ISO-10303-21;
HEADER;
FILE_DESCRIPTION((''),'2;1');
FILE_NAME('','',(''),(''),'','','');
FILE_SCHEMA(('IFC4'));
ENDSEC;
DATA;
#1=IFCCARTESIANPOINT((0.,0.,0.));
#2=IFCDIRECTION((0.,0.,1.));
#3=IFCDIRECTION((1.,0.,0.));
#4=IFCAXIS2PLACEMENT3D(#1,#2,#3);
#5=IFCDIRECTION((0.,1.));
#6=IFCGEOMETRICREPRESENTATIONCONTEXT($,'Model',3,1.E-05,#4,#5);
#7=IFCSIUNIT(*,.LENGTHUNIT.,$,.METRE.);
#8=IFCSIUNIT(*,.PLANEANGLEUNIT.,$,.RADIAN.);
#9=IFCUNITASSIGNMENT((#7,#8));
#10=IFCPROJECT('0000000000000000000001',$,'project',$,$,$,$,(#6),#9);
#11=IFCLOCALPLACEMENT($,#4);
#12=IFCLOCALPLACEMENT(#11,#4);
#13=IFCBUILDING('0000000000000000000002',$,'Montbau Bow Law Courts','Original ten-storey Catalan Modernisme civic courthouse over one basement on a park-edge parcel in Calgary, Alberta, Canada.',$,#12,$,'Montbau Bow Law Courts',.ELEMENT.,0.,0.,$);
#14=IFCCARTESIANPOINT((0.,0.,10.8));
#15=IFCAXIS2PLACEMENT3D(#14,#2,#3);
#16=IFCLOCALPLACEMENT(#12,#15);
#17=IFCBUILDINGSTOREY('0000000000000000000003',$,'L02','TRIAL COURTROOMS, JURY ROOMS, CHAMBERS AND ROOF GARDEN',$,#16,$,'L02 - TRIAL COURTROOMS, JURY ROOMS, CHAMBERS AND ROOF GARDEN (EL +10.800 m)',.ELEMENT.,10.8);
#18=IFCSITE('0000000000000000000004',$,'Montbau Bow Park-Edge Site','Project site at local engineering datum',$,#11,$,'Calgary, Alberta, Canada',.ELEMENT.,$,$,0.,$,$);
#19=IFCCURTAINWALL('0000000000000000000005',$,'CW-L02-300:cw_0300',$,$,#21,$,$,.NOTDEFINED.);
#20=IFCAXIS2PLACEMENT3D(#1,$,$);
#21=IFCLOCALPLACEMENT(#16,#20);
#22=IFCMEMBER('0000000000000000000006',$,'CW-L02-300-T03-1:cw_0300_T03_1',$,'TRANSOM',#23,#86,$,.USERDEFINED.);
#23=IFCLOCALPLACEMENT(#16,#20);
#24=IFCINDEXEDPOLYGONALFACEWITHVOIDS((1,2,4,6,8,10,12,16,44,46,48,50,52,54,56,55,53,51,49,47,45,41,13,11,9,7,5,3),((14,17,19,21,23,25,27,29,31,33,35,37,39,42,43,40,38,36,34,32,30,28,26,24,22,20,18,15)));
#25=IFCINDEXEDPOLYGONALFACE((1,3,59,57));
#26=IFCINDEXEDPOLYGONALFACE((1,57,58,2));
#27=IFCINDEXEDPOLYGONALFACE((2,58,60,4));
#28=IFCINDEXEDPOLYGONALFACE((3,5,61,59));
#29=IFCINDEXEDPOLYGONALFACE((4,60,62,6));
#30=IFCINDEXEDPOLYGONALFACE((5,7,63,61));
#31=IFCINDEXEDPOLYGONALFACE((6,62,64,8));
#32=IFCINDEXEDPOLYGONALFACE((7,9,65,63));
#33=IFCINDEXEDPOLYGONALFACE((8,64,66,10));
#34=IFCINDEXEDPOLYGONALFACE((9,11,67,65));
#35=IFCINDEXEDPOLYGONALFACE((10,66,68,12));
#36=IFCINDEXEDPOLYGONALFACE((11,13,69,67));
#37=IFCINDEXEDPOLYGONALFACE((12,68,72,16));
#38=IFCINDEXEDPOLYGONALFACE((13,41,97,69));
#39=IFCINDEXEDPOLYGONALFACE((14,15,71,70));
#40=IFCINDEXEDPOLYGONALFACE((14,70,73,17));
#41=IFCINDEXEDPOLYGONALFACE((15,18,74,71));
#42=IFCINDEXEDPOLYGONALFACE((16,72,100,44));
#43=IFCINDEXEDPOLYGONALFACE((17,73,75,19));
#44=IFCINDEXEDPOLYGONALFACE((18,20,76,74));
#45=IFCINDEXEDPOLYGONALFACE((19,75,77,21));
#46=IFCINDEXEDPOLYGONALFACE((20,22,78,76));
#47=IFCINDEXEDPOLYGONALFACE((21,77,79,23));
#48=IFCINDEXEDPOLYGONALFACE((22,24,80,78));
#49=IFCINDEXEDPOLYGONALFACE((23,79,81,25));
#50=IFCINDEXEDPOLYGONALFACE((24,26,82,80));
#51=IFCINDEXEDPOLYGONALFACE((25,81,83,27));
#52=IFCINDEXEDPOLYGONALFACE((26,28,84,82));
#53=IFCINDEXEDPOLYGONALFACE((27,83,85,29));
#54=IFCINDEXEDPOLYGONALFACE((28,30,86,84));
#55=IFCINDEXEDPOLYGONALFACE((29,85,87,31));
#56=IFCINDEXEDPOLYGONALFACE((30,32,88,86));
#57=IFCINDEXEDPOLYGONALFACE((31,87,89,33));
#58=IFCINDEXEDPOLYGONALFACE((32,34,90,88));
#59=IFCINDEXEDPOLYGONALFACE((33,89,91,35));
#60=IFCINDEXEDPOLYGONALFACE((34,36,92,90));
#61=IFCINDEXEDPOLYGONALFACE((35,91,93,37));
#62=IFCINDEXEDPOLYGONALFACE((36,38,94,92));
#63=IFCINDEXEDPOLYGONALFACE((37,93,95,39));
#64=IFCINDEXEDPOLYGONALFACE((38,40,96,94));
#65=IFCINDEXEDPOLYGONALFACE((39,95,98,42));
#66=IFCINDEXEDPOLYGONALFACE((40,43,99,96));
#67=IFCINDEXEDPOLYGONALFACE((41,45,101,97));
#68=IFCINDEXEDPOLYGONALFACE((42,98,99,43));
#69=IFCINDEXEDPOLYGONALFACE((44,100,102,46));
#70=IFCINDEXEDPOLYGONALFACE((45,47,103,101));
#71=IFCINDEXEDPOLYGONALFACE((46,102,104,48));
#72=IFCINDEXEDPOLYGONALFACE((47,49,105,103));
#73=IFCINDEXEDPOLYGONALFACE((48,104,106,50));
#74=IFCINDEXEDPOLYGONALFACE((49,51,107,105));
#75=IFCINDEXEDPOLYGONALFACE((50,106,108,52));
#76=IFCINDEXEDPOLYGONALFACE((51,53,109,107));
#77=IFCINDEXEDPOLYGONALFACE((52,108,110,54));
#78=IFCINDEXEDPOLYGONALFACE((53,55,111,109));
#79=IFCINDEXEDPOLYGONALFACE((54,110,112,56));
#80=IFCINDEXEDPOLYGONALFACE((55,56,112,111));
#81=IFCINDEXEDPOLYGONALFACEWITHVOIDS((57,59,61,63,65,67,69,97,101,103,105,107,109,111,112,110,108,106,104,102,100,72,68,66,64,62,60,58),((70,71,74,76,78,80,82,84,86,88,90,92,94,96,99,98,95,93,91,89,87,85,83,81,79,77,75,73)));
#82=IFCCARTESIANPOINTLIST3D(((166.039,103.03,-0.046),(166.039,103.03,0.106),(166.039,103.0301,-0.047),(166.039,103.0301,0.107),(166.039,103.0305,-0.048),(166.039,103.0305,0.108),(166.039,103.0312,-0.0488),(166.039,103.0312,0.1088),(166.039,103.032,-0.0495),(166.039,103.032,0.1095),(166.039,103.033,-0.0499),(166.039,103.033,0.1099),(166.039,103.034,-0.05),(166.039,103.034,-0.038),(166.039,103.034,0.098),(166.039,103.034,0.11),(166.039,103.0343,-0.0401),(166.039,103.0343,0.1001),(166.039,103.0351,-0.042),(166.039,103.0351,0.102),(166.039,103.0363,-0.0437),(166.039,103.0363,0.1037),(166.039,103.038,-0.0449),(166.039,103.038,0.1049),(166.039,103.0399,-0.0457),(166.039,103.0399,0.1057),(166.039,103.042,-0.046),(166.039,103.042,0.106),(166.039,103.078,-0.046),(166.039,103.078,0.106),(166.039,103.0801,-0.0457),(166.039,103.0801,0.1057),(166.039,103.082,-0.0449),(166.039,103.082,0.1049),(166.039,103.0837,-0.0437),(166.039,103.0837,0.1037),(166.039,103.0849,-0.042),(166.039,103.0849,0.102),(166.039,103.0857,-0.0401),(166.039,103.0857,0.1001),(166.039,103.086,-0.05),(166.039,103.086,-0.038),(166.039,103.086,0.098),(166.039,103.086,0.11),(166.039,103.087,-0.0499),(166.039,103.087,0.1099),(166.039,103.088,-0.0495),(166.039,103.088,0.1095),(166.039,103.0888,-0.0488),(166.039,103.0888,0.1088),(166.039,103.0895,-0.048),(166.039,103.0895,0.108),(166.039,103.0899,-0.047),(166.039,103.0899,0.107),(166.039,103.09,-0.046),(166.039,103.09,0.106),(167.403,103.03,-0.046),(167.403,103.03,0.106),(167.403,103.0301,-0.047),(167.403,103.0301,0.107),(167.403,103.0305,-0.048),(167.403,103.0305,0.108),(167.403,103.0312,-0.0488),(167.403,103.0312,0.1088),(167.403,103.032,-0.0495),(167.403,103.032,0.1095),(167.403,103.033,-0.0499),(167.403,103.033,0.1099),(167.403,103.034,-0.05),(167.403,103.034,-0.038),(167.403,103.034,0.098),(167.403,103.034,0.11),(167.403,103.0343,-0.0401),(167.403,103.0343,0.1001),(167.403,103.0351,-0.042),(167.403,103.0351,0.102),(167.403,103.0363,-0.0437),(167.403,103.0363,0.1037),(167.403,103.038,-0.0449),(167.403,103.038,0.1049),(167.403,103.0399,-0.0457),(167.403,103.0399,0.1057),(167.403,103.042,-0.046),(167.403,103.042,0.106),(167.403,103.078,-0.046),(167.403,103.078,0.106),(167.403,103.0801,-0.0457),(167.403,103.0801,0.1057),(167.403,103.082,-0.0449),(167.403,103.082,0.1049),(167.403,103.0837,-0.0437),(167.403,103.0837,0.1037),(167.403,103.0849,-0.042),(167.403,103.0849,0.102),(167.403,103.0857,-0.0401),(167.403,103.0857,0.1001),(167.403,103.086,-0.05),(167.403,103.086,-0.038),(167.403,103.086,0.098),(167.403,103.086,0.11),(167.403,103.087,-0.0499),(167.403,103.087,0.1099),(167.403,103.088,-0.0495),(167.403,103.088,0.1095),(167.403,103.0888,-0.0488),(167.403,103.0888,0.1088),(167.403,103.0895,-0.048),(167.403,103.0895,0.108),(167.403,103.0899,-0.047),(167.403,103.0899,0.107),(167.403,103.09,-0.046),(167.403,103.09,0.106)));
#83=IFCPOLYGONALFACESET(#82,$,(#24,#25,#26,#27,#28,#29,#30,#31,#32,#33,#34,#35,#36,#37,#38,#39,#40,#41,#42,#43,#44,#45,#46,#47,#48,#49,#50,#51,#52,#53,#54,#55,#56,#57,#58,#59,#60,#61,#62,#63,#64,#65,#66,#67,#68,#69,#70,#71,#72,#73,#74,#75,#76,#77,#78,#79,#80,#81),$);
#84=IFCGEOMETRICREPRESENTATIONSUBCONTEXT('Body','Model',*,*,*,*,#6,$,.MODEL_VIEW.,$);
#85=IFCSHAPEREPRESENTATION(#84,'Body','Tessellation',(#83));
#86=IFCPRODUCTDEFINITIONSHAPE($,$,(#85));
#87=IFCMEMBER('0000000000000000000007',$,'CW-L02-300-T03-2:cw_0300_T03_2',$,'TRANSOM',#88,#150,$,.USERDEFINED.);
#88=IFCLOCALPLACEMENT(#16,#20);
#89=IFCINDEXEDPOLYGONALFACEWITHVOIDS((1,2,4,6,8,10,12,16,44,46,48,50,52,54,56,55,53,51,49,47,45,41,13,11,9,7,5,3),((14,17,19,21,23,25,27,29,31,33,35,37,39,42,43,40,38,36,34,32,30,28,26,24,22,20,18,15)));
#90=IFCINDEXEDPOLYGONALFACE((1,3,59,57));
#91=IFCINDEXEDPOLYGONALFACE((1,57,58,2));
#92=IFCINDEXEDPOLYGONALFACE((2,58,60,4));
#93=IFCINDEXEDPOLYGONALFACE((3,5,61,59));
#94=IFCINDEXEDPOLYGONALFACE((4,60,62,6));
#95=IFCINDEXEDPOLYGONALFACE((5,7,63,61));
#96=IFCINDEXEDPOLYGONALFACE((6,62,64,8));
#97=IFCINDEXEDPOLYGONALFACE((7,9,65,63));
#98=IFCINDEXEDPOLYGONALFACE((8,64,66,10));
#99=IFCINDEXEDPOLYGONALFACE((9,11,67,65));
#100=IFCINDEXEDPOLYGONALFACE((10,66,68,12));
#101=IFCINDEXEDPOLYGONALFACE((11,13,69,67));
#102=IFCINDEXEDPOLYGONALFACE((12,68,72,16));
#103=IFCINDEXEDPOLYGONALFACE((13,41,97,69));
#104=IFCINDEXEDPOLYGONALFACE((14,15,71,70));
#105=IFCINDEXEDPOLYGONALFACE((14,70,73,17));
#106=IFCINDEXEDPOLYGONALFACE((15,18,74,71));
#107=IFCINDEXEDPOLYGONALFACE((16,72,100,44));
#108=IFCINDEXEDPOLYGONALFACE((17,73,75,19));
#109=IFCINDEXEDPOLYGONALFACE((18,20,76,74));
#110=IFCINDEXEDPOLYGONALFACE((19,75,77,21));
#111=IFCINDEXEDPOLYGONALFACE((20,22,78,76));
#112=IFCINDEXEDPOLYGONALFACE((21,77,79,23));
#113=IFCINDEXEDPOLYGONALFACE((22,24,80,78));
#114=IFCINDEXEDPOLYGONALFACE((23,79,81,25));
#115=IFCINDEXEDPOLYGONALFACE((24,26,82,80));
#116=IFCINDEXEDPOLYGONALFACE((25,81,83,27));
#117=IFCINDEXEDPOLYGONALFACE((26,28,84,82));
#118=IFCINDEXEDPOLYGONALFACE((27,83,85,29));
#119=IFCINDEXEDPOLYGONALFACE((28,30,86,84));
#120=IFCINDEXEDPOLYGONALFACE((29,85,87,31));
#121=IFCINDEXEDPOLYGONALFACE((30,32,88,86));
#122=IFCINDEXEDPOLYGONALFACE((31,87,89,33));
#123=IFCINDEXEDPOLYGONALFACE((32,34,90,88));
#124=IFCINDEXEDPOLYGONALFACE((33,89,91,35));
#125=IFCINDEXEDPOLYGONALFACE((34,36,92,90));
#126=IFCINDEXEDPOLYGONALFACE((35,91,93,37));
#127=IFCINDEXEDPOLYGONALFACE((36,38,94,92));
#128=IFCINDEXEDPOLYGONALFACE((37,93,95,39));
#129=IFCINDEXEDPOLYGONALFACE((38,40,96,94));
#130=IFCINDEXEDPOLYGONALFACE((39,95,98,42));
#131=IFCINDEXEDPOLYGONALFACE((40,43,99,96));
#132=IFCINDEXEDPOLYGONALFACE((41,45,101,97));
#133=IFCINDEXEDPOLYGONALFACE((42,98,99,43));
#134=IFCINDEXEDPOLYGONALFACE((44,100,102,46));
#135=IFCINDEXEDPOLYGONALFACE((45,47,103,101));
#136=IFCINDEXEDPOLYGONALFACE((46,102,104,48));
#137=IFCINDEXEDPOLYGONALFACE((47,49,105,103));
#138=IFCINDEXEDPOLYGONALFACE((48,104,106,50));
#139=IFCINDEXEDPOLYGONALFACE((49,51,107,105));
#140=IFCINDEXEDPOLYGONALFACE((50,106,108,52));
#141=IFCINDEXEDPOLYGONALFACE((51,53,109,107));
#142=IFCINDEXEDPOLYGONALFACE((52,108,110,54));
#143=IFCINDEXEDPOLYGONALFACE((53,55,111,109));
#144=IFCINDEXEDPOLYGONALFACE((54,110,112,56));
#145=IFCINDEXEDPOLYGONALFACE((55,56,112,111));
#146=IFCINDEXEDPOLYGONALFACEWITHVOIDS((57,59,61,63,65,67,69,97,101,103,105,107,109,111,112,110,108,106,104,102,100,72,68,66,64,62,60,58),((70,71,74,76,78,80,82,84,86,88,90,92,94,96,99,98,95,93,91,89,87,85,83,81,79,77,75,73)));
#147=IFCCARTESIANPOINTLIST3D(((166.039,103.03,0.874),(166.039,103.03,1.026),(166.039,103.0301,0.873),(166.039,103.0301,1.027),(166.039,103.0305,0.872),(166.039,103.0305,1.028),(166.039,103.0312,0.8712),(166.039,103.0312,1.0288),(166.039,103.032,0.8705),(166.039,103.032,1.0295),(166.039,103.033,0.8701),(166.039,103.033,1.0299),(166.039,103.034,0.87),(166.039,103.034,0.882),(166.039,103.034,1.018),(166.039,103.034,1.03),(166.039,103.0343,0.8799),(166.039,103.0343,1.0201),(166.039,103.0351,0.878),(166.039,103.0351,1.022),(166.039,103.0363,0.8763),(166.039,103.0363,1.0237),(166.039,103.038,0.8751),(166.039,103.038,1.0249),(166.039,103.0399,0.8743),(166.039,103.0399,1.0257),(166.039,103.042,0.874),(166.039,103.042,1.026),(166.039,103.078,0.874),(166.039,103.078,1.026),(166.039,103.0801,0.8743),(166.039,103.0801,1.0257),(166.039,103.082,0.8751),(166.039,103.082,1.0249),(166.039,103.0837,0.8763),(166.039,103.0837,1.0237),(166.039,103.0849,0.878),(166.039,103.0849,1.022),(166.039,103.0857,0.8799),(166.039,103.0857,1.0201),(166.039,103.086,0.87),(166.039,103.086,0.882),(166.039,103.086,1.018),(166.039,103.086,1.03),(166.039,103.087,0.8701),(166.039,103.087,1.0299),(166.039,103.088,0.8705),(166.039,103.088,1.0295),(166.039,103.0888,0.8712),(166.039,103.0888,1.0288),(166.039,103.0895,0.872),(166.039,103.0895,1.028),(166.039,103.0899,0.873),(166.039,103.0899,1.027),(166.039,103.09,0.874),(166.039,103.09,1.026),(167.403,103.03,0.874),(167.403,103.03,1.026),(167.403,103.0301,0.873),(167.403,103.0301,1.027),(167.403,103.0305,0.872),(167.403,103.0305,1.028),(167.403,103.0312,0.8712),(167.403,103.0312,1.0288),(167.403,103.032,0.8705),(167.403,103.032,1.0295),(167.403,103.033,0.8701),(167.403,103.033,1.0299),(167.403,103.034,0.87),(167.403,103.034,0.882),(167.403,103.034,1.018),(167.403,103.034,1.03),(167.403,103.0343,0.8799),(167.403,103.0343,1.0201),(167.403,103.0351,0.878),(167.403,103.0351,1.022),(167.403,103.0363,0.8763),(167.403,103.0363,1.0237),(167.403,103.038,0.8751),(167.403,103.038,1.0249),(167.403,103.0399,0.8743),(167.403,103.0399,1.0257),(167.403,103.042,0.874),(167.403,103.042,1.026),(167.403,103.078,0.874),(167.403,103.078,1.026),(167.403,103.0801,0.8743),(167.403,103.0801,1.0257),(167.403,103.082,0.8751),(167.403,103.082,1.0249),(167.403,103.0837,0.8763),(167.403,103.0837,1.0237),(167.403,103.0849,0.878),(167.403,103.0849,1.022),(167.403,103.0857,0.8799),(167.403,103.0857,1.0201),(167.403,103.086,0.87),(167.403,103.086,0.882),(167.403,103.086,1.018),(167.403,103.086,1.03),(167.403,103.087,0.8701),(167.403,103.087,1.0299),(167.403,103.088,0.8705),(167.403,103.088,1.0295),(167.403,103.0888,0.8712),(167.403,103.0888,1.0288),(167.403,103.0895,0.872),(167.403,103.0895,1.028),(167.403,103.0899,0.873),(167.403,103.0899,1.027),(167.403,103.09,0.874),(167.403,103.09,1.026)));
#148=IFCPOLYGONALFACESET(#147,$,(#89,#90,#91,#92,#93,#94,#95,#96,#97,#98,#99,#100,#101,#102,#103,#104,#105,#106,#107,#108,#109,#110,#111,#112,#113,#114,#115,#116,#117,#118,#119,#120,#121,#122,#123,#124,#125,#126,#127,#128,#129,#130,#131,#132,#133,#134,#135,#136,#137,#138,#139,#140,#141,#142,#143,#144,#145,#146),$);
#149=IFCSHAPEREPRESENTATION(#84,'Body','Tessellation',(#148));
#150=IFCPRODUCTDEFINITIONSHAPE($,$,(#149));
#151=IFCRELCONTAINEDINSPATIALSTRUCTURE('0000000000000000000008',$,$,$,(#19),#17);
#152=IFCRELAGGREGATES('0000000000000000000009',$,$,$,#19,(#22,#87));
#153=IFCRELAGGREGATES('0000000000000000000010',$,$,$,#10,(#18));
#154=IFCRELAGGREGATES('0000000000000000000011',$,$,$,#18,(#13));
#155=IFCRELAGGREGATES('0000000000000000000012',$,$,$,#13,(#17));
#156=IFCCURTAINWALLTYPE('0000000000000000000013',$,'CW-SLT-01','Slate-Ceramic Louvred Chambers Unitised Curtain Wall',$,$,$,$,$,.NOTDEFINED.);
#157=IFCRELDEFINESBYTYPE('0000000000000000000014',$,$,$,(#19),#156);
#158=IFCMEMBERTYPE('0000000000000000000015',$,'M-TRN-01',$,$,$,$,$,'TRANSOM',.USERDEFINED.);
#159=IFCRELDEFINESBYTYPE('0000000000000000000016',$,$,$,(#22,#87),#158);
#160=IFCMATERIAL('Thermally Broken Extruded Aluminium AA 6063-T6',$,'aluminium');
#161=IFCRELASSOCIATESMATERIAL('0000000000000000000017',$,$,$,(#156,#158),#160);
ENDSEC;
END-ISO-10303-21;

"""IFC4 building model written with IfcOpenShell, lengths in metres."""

from ifc_helpers import new_model, si_unit, direction, frame, origin_with_axes, origin_2d_with_axis, place, context, subcontext, project, spatial, hollow_rectangle, extrude, material, material_profile, profile_set, type_object, element, aggregate, save


model = new_model("IFC4")

# Units and contexts
model_context = context("Model", 3, precision=1e-05, world=origin_with_axes(), true_north=direction((0.0, 1.0)))
body_context = subcontext(model_context, "Body", "Model", "MODEL_VIEW")
ifc_project = project(units=[si_unit("LENGTHUNIT", "METRE"), si_unit("PLANEANGLEUNIT", "RADIAN")], contexts=[model_context])

# Site, building, storey
site_placement = place(None, origin_with_axes())
site = spatial("IfcSite", under=ifc_project, at=site_placement, Name="Montbau Bow Park-Edge Site", Description="Project site at local engineering datum", LongName="Calgary, Alberta, Canada", CompositionType="ELEMENT", RefElevation=0.0)
building_placement = place(site_placement, origin_with_axes())
building = spatial("IfcBuilding", under=site, at=building_placement, Name="Montbau Bow Law Courts", Description="Original ten-storey Catalan Modernisme civic courthouse over one basement on a park-edge parcel in Calgary, Alberta, Canada.", LongName="Montbau Bow Law Courts", CompositionType="ELEMENT", ElevationOfRefHeight=0.0, ElevationOfTerrain=0.0)
storey_placement = place(building_placement, frame((0.0, 0.0, 10.8), z_axis=(0.0, 0.0, 1.0), x_axis=(1.0, 0.0, 0.0)))
storey = spatial("IfcBuildingStorey", under=building, at=storey_placement, Name="L02", Description="TRIAL COURTROOMS, JURY ROOMS, CHAMBERS AND ROOF GARDEN", LongName="L02 - TRIAL COURTROOMS, JURY ROOMS, CHAMBERS AND ROOF GARDEN (EL +10.800 m)", CompositionType="ELEMENT", Elevation=10.8)

# Curtain wall, members
ifc_material_1 = material(Name="Thermally Broken Extruded Aluminium AA 6063-T6", Category="aluminium")
curtain_wall_type = type_object("IfcCurtainWallType", Name="CW-SLT-01", Description="Slate-Ceramic Louvred Chambers Unitised Curtain Wall", PredefinedType="NOTDEFINED", material=ifc_material_1)
curtain_wall_placement = place(None, frame((163.115, 103.06, 10.8), z_axis=(0.0, 0.0, 1.0), x_axis=(1.0, 0.0, 0.0)))
curtain_wall = element("IfcCurtainWall", 1, at=curtain_wall_placement, inside=storey, type_object=curtain_wall_type, Name="CW-L02-300:cw_0300", PredefinedType="NOTDEFINED")
ifc_material_profile_1 = material_profile(ifc_material_1, hollow_rectangle(XDim=0.06, YDim=0.16, WallThickness=0.004, InnerFilletRadius=0.008, OuterFilletRadius=0.004, at=origin_2d_with_axis()), Name="CWT-160X60", Category="Main", Priority=0)
ifc_profile_set_1 = profile_set([ifc_material_profile_1], Name="Thermally Broken Extruded Aluminium AA 6063-T6")
member_type_1 = type_object("IfcMemberType", Name="M-TRN-01", ElementType="TRANSOM", PredefinedType="USERDEFINED", material=ifc_profile_set_1)
member_1_placement = place(None, frame((166.039, 103.06, 10.83), z_axis=(1.0, 0.0, 0.0), x_axis=(0.0, 1.0, 0.0)))
member_1 = element("IfcMember", 2, at=member_1_placement, type_object=member_type_1, Name="CW-L02-300-T03-1:cw_0300_T03_1", ObjectType="TRANSOM", PredefinedType="USERDEFINED", context=body_context, shape_type="SweptSolid", body=[
    extrude(hollow_rectangle(XDim=0.06, YDim=0.16, WallThickness=0.004, InnerFilletRadius=0.008, OuterFilletRadius=0.004, at=origin_2d_with_axis()), origin_with_axes(), (0.0, 0.0, 1.0), 1.364),
])
member_2_placement = place(None, frame((166.039, 103.06, 11.75), z_axis=(1.0, 0.0, 0.0), x_axis=(0.0, 1.0, 0.0)))
member_2 = element("IfcMember", 3, at=member_2_placement, type_object=member_type_1, Name="CW-L02-300-T03-2:cw_0300_T03_2", ObjectType="TRANSOM", PredefinedType="USERDEFINED", context=body_context, shape_type="SweptSolid", body=[
    extrude(hollow_rectangle(XDim=0.06, YDim=0.16, WallThickness=0.004, InnerFilletRadius=0.008, OuterFilletRadius=0.004, at=origin_2d_with_axis()), origin_with_axes(), (0.0, 0.0, 1.0), 1.364),
])
aggregate(curtain_wall, [member_1, member_2])

save(model, "model.ifc")
